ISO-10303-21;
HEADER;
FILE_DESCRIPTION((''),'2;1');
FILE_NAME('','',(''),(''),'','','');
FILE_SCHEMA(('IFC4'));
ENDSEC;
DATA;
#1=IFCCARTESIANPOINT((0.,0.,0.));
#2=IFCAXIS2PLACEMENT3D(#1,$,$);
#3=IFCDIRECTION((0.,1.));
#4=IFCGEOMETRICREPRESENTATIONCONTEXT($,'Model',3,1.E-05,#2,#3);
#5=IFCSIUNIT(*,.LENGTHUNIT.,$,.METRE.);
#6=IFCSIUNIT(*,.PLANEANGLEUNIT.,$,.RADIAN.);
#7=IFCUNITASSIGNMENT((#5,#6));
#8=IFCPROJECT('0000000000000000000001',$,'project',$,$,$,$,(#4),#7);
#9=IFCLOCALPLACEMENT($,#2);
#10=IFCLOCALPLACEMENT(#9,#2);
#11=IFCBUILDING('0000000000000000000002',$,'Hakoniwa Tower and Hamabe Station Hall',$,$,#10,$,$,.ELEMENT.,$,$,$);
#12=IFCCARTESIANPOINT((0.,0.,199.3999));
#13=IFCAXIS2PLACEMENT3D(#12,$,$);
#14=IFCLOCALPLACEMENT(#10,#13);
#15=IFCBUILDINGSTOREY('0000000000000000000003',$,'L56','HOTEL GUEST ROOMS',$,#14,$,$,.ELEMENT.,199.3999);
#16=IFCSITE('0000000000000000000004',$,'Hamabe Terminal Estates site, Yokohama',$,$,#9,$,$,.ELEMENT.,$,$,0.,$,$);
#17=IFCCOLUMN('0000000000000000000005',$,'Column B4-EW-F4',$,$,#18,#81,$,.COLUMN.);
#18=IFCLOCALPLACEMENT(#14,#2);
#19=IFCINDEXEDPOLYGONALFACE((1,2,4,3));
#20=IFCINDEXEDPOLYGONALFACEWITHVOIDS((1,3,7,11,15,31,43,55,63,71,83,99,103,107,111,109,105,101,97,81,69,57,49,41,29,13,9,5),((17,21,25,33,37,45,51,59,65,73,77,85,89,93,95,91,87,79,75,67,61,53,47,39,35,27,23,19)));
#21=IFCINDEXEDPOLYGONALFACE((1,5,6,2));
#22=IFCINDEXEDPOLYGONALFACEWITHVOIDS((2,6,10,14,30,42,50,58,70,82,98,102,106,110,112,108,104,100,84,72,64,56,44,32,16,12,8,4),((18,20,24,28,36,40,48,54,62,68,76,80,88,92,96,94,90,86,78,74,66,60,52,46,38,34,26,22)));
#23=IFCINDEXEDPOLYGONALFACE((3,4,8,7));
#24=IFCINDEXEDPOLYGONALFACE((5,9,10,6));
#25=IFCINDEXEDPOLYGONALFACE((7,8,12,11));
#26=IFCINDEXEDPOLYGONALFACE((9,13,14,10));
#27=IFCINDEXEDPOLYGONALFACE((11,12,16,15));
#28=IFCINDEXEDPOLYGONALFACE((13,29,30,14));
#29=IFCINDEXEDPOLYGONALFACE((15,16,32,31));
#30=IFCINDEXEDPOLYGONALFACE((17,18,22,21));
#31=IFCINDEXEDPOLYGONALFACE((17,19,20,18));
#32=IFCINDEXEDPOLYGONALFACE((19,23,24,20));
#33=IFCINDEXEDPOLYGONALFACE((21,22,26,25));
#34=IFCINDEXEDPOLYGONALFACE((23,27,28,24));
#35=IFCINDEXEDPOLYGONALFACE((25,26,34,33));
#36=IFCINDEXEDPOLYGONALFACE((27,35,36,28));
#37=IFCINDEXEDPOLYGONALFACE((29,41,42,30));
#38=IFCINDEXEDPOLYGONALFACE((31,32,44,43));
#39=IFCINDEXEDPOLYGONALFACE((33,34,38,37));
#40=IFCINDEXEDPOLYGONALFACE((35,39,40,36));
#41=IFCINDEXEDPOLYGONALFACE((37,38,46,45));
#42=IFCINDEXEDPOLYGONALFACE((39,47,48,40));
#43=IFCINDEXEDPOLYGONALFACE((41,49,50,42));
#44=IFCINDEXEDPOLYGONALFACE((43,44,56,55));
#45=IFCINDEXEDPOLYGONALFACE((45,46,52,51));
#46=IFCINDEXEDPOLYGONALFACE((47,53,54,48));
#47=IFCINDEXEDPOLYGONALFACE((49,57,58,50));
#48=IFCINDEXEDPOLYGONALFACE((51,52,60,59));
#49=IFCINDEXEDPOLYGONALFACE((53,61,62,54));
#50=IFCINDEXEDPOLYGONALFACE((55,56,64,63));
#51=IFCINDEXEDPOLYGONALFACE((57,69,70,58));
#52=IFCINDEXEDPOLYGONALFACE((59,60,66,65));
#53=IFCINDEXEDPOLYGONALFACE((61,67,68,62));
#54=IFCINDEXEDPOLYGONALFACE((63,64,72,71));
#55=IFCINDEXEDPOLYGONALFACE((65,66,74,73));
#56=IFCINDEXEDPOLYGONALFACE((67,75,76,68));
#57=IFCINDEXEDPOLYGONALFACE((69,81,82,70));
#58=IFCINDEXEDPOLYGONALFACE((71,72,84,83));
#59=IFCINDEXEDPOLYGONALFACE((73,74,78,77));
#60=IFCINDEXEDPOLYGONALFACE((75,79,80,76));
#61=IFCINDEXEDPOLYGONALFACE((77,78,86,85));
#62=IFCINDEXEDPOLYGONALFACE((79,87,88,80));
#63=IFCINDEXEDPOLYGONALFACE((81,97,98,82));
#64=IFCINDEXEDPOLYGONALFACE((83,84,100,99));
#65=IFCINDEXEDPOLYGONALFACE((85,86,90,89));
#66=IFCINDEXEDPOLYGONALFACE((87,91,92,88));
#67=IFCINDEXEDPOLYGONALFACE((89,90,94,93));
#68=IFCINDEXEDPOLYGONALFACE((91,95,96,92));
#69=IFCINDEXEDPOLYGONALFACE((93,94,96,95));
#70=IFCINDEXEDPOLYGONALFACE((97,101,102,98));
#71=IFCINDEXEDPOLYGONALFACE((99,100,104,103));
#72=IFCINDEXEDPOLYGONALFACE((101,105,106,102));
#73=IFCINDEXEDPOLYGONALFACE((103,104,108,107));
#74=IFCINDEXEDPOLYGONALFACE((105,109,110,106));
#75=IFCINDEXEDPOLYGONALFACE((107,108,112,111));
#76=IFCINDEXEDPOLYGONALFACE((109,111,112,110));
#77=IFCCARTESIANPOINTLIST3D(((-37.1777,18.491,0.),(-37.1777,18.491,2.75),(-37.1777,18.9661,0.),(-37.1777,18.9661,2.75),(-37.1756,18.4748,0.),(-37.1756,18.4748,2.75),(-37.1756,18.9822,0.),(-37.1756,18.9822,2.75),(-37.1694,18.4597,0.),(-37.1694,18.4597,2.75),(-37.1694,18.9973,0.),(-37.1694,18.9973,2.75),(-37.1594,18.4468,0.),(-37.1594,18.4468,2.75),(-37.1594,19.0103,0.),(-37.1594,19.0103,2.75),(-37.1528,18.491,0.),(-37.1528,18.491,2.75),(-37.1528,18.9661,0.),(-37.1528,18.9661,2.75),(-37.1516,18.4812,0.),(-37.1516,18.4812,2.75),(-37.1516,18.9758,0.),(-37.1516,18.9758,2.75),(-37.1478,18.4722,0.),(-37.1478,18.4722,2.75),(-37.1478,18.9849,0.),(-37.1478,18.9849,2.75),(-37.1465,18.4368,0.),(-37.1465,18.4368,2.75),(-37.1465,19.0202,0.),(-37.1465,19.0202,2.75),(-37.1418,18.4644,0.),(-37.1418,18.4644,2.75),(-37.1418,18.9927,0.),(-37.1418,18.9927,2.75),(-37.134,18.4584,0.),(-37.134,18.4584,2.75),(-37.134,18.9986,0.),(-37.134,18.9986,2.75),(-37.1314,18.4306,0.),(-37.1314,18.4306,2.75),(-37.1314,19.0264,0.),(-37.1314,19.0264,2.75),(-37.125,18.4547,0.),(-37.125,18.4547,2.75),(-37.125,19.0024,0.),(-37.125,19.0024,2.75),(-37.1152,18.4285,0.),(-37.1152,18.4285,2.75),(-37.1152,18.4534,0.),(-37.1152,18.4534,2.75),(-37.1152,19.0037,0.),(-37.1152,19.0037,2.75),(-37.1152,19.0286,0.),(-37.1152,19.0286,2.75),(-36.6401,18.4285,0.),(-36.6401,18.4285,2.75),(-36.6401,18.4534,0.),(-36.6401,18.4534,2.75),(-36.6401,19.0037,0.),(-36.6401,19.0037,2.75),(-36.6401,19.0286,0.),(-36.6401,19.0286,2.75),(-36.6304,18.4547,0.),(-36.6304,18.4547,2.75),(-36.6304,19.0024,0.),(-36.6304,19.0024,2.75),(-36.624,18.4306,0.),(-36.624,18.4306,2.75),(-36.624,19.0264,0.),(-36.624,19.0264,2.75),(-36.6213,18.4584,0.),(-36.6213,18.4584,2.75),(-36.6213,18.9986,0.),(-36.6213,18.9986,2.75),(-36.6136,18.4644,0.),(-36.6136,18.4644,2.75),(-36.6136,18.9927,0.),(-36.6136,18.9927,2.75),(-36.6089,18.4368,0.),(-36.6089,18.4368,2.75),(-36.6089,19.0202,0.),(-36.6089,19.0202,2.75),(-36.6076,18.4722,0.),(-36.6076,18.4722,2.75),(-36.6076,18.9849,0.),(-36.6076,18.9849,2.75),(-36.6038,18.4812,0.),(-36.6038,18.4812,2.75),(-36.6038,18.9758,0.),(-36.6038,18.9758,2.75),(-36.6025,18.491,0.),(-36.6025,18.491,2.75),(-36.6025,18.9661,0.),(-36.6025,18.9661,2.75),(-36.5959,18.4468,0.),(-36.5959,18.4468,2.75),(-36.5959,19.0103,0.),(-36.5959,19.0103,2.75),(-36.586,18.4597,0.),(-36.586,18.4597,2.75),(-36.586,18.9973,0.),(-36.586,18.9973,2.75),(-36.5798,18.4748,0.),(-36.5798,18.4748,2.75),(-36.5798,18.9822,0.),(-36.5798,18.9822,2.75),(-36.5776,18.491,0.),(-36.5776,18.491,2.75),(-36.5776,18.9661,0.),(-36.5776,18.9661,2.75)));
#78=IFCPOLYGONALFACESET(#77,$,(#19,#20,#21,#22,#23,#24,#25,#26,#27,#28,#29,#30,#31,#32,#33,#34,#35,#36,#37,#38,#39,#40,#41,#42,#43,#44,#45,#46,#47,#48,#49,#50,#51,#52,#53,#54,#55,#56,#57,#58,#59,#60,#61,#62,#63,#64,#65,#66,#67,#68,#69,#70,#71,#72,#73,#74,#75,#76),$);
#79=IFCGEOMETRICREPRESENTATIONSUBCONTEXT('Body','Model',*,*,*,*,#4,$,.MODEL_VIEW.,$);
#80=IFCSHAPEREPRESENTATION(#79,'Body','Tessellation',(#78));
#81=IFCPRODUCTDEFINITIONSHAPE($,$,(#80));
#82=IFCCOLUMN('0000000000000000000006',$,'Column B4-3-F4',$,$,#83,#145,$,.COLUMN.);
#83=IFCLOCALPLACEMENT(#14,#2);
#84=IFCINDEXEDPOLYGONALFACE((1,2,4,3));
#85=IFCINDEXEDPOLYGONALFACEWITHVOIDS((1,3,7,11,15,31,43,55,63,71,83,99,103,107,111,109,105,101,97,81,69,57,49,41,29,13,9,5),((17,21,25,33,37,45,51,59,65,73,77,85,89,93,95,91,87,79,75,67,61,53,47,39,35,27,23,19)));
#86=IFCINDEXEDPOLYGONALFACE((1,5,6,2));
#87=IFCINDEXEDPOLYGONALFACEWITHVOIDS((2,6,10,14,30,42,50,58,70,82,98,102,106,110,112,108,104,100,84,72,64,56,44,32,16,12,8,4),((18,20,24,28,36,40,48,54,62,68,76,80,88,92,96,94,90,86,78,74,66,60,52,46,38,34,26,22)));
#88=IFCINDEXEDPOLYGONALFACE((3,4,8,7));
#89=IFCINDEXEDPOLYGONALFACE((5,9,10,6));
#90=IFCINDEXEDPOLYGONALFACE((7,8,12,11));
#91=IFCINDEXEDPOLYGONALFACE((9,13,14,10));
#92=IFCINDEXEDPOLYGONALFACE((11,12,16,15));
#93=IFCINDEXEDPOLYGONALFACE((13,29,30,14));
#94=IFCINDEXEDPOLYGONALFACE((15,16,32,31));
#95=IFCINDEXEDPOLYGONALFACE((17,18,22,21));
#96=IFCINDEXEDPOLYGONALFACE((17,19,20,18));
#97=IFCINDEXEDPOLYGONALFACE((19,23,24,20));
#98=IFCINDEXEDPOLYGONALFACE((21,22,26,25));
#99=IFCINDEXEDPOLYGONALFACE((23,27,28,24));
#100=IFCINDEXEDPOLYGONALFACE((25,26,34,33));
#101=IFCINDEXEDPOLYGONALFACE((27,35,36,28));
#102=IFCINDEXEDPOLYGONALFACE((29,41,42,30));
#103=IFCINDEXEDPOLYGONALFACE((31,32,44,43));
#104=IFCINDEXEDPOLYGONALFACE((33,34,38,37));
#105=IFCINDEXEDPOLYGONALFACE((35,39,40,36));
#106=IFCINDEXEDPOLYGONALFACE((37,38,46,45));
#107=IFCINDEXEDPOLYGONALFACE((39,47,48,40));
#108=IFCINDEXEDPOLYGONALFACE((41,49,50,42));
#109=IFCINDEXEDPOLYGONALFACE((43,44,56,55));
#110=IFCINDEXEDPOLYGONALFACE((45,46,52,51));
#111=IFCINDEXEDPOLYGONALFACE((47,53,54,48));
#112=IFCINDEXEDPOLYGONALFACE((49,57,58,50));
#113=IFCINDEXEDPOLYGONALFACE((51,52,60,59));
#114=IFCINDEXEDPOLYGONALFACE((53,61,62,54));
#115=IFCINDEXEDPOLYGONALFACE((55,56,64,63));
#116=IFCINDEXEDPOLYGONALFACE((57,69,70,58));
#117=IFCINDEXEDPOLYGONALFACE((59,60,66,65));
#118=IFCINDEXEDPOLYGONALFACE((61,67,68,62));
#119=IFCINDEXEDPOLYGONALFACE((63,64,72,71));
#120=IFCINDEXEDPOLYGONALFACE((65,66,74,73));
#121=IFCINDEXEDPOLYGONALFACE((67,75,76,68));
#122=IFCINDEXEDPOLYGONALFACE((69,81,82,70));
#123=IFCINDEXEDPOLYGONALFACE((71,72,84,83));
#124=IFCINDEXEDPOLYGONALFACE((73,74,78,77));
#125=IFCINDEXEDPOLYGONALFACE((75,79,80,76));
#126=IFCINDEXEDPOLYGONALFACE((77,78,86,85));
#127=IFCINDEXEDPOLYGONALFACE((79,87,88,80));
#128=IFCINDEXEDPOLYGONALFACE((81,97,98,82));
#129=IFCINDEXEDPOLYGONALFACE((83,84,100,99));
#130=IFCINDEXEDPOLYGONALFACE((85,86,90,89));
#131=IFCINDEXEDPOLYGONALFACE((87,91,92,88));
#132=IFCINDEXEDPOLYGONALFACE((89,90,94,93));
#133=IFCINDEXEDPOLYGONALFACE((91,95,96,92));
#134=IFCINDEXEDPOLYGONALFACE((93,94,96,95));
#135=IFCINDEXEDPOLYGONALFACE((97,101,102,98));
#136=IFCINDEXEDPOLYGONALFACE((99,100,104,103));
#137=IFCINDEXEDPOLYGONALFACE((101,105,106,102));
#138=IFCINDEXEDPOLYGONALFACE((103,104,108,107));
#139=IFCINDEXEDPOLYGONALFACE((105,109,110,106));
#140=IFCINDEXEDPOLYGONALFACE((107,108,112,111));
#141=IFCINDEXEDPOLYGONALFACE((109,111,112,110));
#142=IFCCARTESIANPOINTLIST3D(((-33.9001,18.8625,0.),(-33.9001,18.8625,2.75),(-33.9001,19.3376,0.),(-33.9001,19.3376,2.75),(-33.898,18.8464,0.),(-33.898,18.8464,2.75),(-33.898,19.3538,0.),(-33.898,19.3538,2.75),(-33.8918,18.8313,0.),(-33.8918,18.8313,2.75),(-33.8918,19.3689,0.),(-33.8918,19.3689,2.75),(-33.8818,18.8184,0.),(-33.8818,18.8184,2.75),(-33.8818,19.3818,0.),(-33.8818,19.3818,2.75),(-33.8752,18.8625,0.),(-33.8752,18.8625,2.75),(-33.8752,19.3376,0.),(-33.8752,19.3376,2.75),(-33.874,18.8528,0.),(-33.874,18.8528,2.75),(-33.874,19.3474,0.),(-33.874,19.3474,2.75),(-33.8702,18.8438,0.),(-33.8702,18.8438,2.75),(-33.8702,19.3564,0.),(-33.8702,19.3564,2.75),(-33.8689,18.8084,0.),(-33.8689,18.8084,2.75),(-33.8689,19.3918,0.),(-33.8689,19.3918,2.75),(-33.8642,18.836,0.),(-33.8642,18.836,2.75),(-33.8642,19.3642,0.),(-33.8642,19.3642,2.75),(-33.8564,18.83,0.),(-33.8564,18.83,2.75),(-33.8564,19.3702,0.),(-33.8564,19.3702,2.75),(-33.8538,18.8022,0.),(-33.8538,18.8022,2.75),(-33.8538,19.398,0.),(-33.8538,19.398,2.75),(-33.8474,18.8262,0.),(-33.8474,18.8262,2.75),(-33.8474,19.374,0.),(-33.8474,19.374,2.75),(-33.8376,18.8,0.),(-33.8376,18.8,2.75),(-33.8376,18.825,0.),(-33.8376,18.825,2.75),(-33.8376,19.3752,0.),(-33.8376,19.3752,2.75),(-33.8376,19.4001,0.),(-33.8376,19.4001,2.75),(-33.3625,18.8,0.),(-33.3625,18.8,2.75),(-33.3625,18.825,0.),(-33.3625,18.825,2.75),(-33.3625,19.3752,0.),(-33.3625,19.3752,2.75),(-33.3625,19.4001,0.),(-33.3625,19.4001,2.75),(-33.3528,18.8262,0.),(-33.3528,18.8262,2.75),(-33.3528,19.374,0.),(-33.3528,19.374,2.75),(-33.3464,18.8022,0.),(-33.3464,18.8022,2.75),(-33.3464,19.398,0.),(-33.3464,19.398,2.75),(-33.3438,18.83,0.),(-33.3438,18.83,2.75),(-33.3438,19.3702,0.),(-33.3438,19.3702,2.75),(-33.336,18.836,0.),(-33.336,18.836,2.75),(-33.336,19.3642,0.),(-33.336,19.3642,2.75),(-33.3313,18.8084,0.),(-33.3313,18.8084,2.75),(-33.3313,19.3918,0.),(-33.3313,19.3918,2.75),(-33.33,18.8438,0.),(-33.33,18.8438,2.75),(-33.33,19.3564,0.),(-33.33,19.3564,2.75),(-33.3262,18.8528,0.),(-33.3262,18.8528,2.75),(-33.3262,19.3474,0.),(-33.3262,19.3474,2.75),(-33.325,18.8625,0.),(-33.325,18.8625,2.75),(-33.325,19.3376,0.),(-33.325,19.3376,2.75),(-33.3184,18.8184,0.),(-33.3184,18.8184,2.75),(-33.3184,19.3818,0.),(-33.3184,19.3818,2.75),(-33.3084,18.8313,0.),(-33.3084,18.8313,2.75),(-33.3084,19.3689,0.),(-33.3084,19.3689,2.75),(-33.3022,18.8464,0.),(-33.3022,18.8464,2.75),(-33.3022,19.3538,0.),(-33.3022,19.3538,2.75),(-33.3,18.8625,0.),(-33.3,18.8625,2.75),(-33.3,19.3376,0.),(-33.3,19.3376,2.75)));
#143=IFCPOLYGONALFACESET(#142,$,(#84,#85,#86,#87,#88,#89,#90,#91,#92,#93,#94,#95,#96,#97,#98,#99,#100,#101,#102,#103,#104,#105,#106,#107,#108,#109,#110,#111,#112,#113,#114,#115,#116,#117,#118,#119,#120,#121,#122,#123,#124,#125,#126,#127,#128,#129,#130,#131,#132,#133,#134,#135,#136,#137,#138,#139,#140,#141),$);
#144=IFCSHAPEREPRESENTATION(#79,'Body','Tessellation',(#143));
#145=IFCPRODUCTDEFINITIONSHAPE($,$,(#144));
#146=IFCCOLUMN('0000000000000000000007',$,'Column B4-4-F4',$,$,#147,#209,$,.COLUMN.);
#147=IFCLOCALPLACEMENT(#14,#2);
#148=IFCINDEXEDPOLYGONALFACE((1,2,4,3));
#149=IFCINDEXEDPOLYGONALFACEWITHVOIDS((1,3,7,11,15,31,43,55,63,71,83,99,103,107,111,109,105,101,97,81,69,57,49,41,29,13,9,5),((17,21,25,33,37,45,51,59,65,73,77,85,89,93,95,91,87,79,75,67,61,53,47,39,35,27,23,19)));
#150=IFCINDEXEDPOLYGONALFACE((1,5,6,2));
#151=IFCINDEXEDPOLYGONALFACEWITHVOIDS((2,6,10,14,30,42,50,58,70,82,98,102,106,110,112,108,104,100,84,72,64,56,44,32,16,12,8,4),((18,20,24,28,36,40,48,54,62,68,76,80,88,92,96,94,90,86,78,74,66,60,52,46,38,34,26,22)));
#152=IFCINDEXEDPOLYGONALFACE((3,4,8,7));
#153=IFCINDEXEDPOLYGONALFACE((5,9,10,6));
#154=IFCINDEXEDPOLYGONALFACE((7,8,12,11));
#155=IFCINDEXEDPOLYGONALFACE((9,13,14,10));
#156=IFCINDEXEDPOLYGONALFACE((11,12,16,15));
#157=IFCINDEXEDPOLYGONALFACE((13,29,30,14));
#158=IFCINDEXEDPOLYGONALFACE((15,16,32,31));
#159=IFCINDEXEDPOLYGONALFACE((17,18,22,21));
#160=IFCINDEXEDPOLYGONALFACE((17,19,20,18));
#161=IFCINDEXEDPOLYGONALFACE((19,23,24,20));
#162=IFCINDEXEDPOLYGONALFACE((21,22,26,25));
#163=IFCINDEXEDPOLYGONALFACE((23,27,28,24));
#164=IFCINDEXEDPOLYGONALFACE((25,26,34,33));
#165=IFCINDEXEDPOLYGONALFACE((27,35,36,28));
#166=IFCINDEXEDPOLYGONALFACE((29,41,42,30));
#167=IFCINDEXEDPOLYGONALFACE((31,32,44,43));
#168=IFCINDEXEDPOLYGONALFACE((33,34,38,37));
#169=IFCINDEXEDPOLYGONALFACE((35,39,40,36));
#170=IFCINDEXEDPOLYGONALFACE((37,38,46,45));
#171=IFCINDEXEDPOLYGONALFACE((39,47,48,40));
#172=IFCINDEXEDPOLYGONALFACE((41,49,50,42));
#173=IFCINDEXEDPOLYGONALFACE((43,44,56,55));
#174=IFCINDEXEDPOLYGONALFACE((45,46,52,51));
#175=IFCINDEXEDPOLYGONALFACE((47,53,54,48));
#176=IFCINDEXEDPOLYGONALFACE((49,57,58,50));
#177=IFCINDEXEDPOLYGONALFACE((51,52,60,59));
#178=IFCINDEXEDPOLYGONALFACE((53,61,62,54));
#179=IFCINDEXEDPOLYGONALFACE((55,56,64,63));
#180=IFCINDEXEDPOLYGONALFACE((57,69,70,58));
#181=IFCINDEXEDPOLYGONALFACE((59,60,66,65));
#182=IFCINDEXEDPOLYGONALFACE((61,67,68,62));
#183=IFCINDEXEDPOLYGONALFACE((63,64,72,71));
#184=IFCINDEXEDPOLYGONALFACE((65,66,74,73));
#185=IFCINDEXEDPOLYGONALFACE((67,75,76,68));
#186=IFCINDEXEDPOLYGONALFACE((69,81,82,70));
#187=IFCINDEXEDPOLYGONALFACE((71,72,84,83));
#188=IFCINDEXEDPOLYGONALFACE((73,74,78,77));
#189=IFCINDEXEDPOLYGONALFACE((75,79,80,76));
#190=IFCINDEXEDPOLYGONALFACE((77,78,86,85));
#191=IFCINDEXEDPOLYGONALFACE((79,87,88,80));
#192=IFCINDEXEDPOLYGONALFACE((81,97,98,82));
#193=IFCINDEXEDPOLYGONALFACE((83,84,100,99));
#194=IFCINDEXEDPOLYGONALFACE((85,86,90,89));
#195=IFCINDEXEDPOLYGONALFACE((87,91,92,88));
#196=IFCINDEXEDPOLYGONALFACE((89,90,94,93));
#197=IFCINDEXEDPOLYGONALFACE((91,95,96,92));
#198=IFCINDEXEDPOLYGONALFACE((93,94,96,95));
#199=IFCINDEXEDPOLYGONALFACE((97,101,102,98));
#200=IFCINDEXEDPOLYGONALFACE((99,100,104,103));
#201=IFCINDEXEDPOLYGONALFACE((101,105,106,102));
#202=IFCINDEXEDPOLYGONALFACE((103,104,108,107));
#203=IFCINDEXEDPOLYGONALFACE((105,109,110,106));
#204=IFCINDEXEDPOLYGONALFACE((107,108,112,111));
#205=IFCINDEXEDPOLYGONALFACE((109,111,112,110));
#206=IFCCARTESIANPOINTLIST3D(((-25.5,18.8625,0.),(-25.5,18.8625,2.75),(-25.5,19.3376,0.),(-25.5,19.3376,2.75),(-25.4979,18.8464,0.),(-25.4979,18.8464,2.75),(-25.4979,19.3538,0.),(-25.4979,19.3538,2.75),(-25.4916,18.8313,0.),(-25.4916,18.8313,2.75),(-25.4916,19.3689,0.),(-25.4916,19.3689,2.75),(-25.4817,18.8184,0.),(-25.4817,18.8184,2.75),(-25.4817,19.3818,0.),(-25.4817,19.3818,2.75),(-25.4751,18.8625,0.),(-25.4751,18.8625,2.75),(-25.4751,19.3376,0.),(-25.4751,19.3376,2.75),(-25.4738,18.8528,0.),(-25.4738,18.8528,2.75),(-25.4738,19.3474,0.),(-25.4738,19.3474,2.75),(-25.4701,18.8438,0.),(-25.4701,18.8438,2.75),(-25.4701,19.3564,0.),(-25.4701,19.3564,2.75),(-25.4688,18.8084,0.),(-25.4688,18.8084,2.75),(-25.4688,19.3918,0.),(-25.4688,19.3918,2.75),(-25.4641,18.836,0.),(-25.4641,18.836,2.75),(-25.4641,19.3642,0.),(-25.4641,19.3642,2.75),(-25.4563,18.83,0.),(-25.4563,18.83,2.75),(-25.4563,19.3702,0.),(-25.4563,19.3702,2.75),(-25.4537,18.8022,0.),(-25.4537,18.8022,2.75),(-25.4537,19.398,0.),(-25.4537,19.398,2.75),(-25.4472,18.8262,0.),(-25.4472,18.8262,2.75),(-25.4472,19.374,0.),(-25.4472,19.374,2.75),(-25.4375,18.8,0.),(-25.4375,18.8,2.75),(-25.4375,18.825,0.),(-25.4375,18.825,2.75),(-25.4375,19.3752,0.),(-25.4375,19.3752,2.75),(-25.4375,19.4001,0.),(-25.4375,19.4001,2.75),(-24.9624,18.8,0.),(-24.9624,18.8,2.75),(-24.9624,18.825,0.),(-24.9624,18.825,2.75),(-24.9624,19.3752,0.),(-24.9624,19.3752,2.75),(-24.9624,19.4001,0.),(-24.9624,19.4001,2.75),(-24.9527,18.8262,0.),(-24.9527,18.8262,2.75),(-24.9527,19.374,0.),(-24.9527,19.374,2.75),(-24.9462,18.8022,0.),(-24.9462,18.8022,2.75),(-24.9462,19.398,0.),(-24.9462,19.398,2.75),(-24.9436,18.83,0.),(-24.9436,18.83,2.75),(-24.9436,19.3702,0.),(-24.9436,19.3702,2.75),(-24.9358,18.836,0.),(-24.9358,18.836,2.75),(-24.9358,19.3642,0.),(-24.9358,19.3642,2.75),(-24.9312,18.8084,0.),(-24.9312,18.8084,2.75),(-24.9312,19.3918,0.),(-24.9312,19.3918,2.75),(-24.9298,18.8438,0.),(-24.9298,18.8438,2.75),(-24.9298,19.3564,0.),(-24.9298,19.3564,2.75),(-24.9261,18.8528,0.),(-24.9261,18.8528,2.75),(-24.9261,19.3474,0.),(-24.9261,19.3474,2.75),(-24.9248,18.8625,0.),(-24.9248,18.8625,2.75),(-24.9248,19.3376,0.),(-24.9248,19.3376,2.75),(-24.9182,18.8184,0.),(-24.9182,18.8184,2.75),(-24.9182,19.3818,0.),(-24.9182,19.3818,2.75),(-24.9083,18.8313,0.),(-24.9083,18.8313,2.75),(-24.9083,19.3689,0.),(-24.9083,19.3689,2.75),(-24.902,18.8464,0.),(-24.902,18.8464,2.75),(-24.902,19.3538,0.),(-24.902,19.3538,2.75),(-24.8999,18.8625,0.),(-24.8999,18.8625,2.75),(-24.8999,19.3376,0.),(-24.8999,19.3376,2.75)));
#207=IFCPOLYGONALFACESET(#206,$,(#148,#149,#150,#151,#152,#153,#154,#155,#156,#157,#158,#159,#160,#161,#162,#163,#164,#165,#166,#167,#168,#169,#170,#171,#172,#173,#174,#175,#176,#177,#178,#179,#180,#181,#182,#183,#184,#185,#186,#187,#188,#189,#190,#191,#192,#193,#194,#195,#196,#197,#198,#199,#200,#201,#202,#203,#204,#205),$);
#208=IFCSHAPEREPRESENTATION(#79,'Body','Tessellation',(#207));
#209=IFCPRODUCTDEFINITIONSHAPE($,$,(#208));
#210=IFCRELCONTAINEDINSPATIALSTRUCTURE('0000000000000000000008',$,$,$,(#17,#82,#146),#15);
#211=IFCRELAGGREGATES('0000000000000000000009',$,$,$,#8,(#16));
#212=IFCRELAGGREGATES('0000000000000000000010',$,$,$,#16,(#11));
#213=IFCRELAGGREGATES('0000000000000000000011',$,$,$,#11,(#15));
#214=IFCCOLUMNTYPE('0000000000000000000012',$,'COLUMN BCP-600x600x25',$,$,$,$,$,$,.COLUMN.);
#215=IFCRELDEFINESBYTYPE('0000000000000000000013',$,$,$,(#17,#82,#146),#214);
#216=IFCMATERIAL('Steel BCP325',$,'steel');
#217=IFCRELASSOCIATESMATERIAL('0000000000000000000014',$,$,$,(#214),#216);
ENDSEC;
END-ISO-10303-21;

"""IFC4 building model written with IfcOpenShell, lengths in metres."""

from ifc_helpers import new_model, si_unit, direction, frame, origin, origin_2d, place, context, subcontext, project, spatial, hollow_rectangle, extrude, material, material_profile, profile_set, type_object, element, save


model = new_model("IFC4")

# Units and contexts
model_context = context("Model", 3, precision=1e-05, world=origin(), true_north=direction((0.0, 1.0)))
body_context = subcontext(model_context, "Body", "Model", "MODEL_VIEW")
ifc_project = project(units=[si_unit("LENGTHUNIT", "METRE"), si_unit("PLANEANGLEUNIT", "RADIAN")], contexts=[model_context])

# Site, building, storey
site_placement = place(None, origin())
site = spatial("IfcSite", under=ifc_project, at=site_placement, Name="Hamabe Terminal Estates site, Yokohama", CompositionType="ELEMENT", RefElevation=0.0)
building_placement = place(site_placement, origin())
building = spatial("IfcBuilding", under=site, at=building_placement, Name="Hakoniwa Tower and Hamabe Station Hall", CompositionType="ELEMENT")
storey_placement = place(building_placement, frame((0.0, 0.0, 199.3999)))
storey = spatial("IfcBuildingStorey", under=building, at=storey_placement, Name="L56", Description="HOTEL GUEST ROOMS", CompositionType="ELEMENT", Elevation=199.3999)

# Columns
ifc_material_1 = material(Name="Steel BCP325", Category="steel")
ifc_material_profile_1 = material_profile(ifc_material_1, hollow_rectangle(XDim=0.6001, YDim=0.6001, WallThickness=0.0249, InnerFilletRadius=0.0376, OuterFilletRadius=0.0625, at=origin_2d()), Name="BCP-600x600x25")
ifc_profile_set_1 = profile_set([ifc_material_profile_1], Name="Steel BCP325")
column_type = type_object("IfcColumnType", Name="COLUMN BCP-600x600x25", PredefinedType="COLUMN", material=ifc_profile_set_1)
for number, where, z_axis, x_axis, name in (
    (1, (-36.8777, 18.7285, 0.0), (0.0, 0.0, 1.0), (1.0, 0.0, 0.0), "Column B4-EW-F4"),
    (2, (-33.6001, 19.1001, 0.0), (0.0, 0.0, 1.0), (1.0, 0.0, 0.0), "Column B4-3-F4"),
    (3, (-25.2, 19.1001, 0.0), (0.0, 0.0, 1.0), (1.0, 0.0, 0.0), "Column B4-4-F4"),
):
    element("IfcColumn", number, at=place(storey_placement, frame(where, z_axis=z_axis, x_axis=x_axis)), inside=storey, type_object=column_type, Name=name, PredefinedType="COLUMN", context=body_context, shape_type="SweptSolid", body=[
        extrude(hollow_rectangle(XDim=0.6001, YDim=0.6001, WallThickness=0.0249, InnerFilletRadius=0.0376, OuterFilletRadius=0.0625, at=origin_2d()), origin(), (0.0, 0.0, 1.0), 2.75),
    ])

save(model, "model.ifc")
